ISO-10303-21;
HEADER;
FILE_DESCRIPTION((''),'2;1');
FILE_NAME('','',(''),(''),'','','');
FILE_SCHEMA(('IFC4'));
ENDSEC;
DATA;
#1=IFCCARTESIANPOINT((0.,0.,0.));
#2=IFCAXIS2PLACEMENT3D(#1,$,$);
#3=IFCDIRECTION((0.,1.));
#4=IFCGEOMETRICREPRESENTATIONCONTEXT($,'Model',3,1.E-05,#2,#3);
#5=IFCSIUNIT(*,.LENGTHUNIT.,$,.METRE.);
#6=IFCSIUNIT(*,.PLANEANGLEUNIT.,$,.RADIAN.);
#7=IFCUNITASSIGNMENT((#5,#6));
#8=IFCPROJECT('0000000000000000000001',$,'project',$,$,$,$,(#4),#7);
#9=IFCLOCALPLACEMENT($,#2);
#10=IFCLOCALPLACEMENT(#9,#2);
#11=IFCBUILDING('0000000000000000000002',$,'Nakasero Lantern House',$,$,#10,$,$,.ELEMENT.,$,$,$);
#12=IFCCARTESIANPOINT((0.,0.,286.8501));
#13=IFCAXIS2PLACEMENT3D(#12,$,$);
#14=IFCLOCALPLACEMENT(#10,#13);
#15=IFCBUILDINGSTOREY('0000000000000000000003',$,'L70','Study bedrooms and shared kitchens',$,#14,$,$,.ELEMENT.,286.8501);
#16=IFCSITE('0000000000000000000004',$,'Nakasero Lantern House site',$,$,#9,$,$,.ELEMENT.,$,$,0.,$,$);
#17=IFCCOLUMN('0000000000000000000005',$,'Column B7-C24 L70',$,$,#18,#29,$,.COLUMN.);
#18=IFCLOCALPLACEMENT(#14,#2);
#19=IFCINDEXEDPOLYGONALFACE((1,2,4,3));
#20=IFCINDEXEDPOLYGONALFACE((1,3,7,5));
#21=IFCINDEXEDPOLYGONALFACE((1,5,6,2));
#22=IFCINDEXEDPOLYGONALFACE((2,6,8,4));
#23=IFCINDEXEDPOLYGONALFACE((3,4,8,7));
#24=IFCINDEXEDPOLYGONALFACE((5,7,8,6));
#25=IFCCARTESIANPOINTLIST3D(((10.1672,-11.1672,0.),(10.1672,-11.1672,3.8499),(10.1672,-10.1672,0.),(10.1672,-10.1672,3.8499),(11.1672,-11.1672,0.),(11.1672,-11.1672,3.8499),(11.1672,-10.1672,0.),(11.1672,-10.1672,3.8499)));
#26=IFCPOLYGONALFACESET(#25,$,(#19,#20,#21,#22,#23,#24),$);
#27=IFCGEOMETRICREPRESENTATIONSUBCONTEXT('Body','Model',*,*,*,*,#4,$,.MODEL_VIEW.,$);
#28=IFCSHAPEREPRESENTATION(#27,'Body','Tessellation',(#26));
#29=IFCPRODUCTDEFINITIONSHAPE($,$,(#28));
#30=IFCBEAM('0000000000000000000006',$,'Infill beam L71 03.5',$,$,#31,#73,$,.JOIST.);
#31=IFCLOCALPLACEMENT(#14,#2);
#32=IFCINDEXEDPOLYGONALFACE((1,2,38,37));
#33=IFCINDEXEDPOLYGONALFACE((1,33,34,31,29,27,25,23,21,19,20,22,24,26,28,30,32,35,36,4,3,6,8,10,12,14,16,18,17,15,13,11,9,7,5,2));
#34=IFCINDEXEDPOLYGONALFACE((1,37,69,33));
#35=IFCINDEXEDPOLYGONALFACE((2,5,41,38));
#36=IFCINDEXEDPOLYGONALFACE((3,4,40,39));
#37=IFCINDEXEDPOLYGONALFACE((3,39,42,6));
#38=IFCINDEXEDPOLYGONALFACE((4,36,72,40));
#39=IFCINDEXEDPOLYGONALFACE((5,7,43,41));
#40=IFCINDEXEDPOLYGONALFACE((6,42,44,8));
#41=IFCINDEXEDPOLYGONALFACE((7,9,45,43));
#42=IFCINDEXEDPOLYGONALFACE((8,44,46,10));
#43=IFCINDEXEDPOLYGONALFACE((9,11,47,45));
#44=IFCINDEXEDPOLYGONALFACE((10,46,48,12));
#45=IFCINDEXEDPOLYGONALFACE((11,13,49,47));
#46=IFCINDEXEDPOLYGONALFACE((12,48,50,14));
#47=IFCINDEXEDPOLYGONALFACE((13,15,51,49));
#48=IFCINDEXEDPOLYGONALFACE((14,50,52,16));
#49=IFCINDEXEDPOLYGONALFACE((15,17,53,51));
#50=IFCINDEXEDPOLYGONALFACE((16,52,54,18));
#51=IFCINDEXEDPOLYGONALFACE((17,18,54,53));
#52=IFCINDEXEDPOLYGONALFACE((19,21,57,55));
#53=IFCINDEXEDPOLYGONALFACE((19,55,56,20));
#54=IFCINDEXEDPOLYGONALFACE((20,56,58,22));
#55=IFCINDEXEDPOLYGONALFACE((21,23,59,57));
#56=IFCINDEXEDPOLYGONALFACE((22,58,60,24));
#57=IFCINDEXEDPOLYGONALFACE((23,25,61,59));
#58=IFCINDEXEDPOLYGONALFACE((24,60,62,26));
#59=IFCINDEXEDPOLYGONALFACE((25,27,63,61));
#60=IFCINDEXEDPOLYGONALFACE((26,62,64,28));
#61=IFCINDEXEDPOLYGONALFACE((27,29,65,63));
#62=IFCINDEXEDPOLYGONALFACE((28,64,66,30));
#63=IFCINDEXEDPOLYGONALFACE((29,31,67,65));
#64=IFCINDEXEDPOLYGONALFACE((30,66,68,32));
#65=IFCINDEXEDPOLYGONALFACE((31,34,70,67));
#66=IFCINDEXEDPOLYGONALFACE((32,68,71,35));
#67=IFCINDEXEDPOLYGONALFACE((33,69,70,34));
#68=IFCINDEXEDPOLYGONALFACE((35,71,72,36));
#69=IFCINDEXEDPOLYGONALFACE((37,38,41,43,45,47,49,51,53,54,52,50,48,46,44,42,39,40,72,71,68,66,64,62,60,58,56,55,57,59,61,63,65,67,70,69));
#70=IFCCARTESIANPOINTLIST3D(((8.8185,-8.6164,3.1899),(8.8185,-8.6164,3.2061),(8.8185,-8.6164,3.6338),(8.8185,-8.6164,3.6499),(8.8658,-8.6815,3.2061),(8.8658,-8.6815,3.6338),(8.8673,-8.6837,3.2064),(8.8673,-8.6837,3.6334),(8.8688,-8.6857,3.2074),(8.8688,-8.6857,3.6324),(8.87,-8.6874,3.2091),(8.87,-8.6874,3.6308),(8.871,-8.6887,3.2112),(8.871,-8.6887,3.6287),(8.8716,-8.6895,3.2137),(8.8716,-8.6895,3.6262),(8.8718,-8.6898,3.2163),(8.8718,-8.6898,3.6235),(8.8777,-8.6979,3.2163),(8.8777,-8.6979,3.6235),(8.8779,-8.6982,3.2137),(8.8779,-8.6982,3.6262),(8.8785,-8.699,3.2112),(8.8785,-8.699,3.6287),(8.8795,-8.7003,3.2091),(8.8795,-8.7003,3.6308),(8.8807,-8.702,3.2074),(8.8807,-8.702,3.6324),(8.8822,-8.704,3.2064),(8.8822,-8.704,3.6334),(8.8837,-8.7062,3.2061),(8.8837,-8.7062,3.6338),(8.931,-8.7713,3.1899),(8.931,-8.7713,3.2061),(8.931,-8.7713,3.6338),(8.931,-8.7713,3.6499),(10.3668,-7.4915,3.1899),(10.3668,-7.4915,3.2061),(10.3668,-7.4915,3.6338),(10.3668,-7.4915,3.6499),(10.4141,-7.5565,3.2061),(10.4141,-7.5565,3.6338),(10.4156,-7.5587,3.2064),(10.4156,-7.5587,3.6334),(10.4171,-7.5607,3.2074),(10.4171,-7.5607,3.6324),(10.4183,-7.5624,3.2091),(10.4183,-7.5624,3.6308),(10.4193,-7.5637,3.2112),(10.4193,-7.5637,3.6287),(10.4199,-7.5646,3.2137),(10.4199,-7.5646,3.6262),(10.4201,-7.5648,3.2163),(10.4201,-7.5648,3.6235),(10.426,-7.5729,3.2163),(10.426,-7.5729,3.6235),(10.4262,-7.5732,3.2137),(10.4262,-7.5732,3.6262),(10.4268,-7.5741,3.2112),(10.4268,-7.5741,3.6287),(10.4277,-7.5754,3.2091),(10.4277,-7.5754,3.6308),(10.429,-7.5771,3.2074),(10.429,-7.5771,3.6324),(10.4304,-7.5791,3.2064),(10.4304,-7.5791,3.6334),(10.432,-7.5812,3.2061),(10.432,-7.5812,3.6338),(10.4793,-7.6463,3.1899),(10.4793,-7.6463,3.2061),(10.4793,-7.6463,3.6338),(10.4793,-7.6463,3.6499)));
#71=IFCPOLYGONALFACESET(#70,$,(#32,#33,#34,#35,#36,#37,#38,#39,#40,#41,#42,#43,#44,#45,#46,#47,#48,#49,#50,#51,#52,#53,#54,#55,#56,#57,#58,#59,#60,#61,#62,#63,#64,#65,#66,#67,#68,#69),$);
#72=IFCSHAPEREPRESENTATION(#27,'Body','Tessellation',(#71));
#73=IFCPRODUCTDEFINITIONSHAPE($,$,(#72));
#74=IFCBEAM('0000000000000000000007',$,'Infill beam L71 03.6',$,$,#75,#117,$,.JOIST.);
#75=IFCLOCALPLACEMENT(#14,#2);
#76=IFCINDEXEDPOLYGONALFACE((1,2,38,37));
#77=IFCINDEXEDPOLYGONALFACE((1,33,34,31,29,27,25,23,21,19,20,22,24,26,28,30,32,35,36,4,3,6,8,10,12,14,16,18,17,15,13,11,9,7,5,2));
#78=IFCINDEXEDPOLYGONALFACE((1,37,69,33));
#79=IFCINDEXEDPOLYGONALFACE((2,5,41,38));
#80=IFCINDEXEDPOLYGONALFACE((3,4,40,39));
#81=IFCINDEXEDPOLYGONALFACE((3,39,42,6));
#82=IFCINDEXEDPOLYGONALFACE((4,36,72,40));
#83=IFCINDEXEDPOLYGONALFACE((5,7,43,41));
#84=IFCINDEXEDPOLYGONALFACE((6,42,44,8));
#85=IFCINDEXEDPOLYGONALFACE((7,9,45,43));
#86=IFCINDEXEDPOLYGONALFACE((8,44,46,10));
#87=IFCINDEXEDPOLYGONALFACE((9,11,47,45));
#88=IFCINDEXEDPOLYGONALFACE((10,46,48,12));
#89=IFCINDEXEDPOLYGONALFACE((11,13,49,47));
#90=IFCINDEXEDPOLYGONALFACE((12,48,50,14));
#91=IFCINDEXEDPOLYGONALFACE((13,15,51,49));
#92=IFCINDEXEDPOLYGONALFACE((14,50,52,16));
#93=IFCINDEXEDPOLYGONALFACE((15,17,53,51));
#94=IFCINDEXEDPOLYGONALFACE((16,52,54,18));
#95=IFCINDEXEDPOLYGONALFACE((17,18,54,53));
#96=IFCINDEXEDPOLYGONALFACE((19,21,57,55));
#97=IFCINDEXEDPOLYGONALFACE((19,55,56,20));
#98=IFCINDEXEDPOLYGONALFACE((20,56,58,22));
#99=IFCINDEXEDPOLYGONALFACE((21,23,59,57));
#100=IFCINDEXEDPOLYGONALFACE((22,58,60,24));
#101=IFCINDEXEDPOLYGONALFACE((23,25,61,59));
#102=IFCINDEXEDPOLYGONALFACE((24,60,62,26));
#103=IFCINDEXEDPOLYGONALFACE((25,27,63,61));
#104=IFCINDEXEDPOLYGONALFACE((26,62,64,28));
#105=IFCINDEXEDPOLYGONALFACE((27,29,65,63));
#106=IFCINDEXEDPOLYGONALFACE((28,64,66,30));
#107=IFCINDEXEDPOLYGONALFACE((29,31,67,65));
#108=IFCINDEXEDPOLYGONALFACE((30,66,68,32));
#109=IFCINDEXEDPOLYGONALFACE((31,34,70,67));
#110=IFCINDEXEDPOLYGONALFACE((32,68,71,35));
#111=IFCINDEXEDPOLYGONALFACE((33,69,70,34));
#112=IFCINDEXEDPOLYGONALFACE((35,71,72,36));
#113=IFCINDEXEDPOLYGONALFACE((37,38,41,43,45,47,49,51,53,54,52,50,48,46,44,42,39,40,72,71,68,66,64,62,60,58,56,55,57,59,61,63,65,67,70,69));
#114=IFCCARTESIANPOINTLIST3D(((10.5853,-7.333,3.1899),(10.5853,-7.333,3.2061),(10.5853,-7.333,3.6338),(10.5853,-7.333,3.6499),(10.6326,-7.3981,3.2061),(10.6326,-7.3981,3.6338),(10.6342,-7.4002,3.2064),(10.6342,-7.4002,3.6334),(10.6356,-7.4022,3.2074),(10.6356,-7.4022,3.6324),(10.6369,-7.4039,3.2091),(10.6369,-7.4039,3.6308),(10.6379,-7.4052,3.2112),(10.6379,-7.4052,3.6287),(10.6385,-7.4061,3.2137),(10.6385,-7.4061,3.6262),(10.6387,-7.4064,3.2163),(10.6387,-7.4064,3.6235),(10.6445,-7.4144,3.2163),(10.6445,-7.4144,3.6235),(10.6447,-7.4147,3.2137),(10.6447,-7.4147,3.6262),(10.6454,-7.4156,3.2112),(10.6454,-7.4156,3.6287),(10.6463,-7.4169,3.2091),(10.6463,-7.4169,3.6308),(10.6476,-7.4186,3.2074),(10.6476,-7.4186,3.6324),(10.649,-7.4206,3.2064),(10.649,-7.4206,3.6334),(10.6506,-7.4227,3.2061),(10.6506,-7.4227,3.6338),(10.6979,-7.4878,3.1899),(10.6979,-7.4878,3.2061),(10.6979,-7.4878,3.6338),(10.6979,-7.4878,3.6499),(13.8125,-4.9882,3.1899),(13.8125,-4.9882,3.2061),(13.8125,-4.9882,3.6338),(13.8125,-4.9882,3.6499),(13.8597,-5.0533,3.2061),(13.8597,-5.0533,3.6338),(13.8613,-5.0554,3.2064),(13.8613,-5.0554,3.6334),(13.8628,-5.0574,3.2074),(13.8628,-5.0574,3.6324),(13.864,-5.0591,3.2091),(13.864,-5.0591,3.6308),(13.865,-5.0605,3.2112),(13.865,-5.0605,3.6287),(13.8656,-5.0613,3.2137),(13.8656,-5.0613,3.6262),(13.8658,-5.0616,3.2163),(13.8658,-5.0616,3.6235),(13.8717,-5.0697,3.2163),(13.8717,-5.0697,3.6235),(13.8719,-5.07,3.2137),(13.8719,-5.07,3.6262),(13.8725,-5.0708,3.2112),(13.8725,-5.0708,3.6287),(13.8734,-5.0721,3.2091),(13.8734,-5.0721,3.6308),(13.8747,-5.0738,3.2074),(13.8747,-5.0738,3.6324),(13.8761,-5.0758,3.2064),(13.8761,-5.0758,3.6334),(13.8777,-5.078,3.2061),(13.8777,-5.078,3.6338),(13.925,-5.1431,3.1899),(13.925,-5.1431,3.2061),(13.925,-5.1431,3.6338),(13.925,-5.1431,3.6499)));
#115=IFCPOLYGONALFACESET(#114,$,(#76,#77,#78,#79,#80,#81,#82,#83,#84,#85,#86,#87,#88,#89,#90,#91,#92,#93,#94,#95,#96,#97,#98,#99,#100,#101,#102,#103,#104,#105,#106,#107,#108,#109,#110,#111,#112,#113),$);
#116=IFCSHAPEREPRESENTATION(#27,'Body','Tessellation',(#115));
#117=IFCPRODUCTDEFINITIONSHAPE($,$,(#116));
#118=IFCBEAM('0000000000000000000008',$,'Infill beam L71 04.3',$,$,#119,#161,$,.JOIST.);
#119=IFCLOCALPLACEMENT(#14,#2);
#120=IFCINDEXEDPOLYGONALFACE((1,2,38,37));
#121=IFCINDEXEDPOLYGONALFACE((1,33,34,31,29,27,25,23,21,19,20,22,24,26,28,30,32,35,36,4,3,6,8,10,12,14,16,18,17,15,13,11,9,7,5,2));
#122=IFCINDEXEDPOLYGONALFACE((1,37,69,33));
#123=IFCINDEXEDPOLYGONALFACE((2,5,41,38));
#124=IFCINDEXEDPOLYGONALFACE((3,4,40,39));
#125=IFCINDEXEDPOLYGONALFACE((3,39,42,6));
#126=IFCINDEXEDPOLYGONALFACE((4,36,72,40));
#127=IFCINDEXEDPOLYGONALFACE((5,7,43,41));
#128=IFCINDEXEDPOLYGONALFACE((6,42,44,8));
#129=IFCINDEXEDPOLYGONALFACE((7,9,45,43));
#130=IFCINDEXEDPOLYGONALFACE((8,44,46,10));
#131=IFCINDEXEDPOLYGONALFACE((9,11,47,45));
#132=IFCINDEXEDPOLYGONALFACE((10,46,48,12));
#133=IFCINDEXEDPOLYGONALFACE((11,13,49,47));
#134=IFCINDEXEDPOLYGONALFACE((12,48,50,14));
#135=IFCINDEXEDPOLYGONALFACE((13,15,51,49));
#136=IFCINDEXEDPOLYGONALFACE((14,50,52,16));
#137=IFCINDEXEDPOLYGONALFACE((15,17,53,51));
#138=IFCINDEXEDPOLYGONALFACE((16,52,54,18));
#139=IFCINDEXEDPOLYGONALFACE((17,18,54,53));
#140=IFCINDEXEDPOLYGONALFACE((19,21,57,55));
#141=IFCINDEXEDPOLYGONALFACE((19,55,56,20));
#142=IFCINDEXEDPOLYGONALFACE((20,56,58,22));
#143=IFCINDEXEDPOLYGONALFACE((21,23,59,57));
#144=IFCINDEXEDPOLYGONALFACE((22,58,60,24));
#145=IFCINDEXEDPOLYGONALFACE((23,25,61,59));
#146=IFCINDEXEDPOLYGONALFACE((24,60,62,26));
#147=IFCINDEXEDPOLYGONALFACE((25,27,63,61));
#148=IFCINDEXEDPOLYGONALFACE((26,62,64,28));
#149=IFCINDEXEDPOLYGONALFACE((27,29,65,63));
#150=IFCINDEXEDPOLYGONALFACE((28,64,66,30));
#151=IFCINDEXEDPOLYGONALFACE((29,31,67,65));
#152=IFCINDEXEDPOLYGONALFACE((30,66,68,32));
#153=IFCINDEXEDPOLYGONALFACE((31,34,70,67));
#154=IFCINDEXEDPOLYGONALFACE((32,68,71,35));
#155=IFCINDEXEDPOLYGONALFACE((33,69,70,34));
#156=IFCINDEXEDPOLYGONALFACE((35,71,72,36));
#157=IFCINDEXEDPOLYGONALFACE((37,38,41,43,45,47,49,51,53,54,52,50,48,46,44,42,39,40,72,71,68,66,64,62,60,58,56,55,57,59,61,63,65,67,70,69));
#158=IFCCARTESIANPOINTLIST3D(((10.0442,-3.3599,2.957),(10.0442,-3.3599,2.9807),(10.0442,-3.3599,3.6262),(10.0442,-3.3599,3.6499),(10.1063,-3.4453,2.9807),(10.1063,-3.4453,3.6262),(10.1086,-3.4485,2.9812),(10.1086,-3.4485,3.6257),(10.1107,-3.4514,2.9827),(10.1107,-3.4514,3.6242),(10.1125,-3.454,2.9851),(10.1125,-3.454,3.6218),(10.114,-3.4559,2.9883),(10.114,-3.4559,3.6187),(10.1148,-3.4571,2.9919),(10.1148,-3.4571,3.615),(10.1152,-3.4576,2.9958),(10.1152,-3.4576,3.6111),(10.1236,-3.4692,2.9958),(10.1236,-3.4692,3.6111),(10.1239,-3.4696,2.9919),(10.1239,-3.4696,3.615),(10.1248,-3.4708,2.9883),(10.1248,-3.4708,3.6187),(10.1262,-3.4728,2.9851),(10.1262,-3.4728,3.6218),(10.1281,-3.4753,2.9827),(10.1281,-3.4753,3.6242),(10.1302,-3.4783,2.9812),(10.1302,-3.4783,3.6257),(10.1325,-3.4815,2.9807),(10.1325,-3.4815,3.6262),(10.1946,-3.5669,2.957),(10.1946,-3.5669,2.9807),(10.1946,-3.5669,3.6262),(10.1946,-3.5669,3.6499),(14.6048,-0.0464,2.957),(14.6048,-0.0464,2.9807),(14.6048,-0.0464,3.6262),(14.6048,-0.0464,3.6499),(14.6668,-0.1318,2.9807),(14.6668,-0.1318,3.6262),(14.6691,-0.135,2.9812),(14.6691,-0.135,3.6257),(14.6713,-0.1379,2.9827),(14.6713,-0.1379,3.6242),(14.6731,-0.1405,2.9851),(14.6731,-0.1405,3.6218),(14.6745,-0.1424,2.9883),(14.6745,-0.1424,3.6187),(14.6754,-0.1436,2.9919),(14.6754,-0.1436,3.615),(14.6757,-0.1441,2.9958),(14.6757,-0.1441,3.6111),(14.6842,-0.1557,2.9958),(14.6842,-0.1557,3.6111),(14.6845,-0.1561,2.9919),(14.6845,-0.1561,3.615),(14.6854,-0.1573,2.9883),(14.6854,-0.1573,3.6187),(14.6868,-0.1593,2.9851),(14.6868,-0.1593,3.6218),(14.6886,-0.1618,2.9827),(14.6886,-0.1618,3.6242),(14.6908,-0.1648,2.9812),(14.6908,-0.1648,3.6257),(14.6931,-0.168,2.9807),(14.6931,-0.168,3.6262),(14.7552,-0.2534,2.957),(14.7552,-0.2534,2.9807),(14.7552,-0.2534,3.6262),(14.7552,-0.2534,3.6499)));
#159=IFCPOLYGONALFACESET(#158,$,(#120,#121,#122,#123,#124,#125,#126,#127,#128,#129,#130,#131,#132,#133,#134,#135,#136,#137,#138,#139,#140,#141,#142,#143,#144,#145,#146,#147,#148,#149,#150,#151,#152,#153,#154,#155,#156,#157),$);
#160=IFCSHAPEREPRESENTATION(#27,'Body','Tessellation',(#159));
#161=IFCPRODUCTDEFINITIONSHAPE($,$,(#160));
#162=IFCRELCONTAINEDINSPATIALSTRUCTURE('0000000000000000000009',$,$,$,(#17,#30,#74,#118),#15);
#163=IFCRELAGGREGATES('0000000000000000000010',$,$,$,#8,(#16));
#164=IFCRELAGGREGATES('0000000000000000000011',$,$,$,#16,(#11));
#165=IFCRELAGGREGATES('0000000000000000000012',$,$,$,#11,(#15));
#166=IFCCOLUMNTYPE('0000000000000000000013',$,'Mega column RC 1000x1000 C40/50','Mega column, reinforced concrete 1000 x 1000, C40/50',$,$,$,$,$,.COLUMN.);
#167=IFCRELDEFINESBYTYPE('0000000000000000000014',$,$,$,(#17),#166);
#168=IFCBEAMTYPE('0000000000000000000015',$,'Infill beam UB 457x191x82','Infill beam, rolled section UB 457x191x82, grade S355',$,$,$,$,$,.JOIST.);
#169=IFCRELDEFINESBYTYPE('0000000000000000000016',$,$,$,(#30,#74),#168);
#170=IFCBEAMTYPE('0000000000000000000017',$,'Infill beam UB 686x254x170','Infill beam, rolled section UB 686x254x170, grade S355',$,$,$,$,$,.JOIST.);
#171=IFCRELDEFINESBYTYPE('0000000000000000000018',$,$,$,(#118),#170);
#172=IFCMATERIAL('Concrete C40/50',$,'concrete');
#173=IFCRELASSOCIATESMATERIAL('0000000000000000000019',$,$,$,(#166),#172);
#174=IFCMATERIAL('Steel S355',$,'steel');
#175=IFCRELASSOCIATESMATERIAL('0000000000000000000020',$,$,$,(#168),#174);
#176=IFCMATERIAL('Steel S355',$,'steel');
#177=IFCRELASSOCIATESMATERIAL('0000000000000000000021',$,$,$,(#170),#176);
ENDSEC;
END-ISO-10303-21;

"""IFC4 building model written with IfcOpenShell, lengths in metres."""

from ifc_helpers import new_model, si_unit, direction, frame, origin, origin_2d, place, context, subcontext, project, spatial, rectangle, i_section, extrude, material, material_profile, profile_set, type_object, element, save


model = new_model("IFC4")

# Units and contexts
model_context = context("Model", 3, precision=1e-05, world=origin(), true_north=direction((0.0, 1.0)))
body_context = subcontext(model_context, "Body", "Model", "MODEL_VIEW")
ifc_project = project(units=[si_unit("LENGTHUNIT", "METRE"), si_unit("PLANEANGLEUNIT", "RADIAN")], contexts=[model_context])

# Site, building, storey
site_placement = place(None, origin())
site = spatial("IfcSite", under=ifc_project, at=site_placement, Name="Nakasero Lantern House site", CompositionType="ELEMENT", RefElevation=0.0)
building_placement = place(site_placement, origin())
building = spatial("IfcBuilding", under=site, at=building_placement, Name="Nakasero Lantern House", CompositionType="ELEMENT")
storey_placement = place(building_placement, frame((0.0, 0.0, 286.8501)))
storey = spatial("IfcBuildingStorey", under=building, at=storey_placement, Name="L70", Description="Study bedrooms and shared kitchens", CompositionType="ELEMENT", Elevation=286.8501)

# Column
ifc_material_1 = material(Name="Concrete C40/50", Category="concrete")
ifc_material_profile_1 = material_profile(ifc_material_1, rectangle(XDim=1.0, YDim=1.0, at=origin_2d()), Name="RC 1000x1000")
ifc_profile_set_1 = profile_set([ifc_material_profile_1], Name="Concrete C40/50")
column_type = type_object("IfcColumnType", Name="Mega column RC 1000x1000 C40/50", Description="Mega column, reinforced concrete 1000 x 1000, C40/50", PredefinedType="COLUMN", material=ifc_profile_set_1)
column_placement = place(storey_placement, frame((10.6672, -10.6672, 0.0), z_axis=(0.0, 0.0, 1.0), x_axis=(1.0, 0.0, 0.0)))
element("IfcColumn", 1, at=column_placement, inside=storey, type_object=column_type, Name="Column B7-C24 L70", PredefinedType="COLUMN", context=body_context, shape_type="SweptSolid", body=[
    extrude(rectangle(XDim=1.0, YDim=1.0, at=origin_2d()), origin(), (0.0, 0.0, 1.0), 3.8499),
])

# Beams
ifc_material_2 = material(Name="Steel S355", Category="steel")
ifc_material_profile_2 = material_profile(ifc_material_2, i_section(OverallWidth=0.1914, OverallDepth=0.46, WebThickness=0.01, FlangeThickness=0.0161, FilletRadius=0.0103, at=origin_2d()), Name="UB 457x191x82")
ifc_profile_set_2 = profile_set([ifc_material_profile_2], Name="Steel S355")
beam_type_1 = type_object("IfcBeamType", Name="Infill beam UB 457x191x82", Description="Infill beam, rolled section UB 457x191x82, grade S355", PredefinedType="JOIST", material=ifc_profile_set_2)
beam_1_placement = place(storey_placement, frame((8.8748, -8.6938, 3.4199), z_axis=(0.809001, 0.587808, 0.0), x_axis=(-0.587808, 0.809001, 0.0)))
element("IfcBeam", 2, at=beam_1_placement, inside=storey, type_object=beam_type_1, Name="Infill beam L71 03.5", PredefinedType="JOIST", context=body_context, shape_type="SweptSolid", body=[
    extrude(i_section(OverallWidth=0.1914, OverallDepth=0.46, WebThickness=0.01, FlangeThickness=0.0161, FilletRadius=0.0103, at=origin_2d()), origin(), (0.0, 0.0, 1.0), 1.9138),
])
beam_2_placement = place(storey_placement, frame((10.6416, -7.4104, 3.4199), z_axis=(0.809001, 0.587808, 0.0), x_axis=(-0.587808, 0.809001, 0.0)))
element("IfcBeam", 3, at=beam_2_placement, inside=storey, type_object=beam_type_1, Name="Infill beam L71 03.6", PredefinedType="JOIST", context=body_context, shape_type="SweptSolid", body=[
    extrude(i_section(OverallWidth=0.1914, OverallDepth=0.46, WebThickness=0.01, FlangeThickness=0.0161, FilletRadius=0.0103, at=origin_2d()), origin(), (0.0, 0.0, 1.0), 3.989),
])
ifc_material_3 = material(Name="Steel S355", Category="steel")
ifc_material_profile_3 = material_profile(ifc_material_3, i_section(OverallWidth=0.2559, OverallDepth=0.6929, WebThickness=0.0144, FlangeThickness=0.0237, FilletRadius=0.0151, at=origin_2d()), Name="UB 686x254x170")
ifc_profile_set_3 = profile_set([ifc_material_profile_3], Name="Steel S355")
beam_type_2 = type_object("IfcBeamType", Name="Infill beam UB 686x254x170", Description="Infill beam, rolled section UB 686x254x170, grade S355", PredefinedType="JOIST", material=ifc_profile_set_3)
beam_3_placement = place(storey_placement, frame((10.1194, -3.4634, 3.3035), z_axis=(0.809013, 0.587791, 0.0), x_axis=(-0.587791, 0.809013, 0.0)))
element("IfcBeam", 4, at=beam_3_placement, inside=storey, type_object=beam_type_2, Name="Infill beam L71 04.3", PredefinedType="JOIST", context=body_context, shape_type="SweptSolid", body=[
    extrude(i_section(OverallWidth=0.2559, OverallDepth=0.6929, WebThickness=0.0144, FlangeThickness=0.0237, FilletRadius=0.0151, at=origin_2d()), origin(), (0.0, 0.0, 1.0), 5.6372),
])

save(model, "model.ifc")
